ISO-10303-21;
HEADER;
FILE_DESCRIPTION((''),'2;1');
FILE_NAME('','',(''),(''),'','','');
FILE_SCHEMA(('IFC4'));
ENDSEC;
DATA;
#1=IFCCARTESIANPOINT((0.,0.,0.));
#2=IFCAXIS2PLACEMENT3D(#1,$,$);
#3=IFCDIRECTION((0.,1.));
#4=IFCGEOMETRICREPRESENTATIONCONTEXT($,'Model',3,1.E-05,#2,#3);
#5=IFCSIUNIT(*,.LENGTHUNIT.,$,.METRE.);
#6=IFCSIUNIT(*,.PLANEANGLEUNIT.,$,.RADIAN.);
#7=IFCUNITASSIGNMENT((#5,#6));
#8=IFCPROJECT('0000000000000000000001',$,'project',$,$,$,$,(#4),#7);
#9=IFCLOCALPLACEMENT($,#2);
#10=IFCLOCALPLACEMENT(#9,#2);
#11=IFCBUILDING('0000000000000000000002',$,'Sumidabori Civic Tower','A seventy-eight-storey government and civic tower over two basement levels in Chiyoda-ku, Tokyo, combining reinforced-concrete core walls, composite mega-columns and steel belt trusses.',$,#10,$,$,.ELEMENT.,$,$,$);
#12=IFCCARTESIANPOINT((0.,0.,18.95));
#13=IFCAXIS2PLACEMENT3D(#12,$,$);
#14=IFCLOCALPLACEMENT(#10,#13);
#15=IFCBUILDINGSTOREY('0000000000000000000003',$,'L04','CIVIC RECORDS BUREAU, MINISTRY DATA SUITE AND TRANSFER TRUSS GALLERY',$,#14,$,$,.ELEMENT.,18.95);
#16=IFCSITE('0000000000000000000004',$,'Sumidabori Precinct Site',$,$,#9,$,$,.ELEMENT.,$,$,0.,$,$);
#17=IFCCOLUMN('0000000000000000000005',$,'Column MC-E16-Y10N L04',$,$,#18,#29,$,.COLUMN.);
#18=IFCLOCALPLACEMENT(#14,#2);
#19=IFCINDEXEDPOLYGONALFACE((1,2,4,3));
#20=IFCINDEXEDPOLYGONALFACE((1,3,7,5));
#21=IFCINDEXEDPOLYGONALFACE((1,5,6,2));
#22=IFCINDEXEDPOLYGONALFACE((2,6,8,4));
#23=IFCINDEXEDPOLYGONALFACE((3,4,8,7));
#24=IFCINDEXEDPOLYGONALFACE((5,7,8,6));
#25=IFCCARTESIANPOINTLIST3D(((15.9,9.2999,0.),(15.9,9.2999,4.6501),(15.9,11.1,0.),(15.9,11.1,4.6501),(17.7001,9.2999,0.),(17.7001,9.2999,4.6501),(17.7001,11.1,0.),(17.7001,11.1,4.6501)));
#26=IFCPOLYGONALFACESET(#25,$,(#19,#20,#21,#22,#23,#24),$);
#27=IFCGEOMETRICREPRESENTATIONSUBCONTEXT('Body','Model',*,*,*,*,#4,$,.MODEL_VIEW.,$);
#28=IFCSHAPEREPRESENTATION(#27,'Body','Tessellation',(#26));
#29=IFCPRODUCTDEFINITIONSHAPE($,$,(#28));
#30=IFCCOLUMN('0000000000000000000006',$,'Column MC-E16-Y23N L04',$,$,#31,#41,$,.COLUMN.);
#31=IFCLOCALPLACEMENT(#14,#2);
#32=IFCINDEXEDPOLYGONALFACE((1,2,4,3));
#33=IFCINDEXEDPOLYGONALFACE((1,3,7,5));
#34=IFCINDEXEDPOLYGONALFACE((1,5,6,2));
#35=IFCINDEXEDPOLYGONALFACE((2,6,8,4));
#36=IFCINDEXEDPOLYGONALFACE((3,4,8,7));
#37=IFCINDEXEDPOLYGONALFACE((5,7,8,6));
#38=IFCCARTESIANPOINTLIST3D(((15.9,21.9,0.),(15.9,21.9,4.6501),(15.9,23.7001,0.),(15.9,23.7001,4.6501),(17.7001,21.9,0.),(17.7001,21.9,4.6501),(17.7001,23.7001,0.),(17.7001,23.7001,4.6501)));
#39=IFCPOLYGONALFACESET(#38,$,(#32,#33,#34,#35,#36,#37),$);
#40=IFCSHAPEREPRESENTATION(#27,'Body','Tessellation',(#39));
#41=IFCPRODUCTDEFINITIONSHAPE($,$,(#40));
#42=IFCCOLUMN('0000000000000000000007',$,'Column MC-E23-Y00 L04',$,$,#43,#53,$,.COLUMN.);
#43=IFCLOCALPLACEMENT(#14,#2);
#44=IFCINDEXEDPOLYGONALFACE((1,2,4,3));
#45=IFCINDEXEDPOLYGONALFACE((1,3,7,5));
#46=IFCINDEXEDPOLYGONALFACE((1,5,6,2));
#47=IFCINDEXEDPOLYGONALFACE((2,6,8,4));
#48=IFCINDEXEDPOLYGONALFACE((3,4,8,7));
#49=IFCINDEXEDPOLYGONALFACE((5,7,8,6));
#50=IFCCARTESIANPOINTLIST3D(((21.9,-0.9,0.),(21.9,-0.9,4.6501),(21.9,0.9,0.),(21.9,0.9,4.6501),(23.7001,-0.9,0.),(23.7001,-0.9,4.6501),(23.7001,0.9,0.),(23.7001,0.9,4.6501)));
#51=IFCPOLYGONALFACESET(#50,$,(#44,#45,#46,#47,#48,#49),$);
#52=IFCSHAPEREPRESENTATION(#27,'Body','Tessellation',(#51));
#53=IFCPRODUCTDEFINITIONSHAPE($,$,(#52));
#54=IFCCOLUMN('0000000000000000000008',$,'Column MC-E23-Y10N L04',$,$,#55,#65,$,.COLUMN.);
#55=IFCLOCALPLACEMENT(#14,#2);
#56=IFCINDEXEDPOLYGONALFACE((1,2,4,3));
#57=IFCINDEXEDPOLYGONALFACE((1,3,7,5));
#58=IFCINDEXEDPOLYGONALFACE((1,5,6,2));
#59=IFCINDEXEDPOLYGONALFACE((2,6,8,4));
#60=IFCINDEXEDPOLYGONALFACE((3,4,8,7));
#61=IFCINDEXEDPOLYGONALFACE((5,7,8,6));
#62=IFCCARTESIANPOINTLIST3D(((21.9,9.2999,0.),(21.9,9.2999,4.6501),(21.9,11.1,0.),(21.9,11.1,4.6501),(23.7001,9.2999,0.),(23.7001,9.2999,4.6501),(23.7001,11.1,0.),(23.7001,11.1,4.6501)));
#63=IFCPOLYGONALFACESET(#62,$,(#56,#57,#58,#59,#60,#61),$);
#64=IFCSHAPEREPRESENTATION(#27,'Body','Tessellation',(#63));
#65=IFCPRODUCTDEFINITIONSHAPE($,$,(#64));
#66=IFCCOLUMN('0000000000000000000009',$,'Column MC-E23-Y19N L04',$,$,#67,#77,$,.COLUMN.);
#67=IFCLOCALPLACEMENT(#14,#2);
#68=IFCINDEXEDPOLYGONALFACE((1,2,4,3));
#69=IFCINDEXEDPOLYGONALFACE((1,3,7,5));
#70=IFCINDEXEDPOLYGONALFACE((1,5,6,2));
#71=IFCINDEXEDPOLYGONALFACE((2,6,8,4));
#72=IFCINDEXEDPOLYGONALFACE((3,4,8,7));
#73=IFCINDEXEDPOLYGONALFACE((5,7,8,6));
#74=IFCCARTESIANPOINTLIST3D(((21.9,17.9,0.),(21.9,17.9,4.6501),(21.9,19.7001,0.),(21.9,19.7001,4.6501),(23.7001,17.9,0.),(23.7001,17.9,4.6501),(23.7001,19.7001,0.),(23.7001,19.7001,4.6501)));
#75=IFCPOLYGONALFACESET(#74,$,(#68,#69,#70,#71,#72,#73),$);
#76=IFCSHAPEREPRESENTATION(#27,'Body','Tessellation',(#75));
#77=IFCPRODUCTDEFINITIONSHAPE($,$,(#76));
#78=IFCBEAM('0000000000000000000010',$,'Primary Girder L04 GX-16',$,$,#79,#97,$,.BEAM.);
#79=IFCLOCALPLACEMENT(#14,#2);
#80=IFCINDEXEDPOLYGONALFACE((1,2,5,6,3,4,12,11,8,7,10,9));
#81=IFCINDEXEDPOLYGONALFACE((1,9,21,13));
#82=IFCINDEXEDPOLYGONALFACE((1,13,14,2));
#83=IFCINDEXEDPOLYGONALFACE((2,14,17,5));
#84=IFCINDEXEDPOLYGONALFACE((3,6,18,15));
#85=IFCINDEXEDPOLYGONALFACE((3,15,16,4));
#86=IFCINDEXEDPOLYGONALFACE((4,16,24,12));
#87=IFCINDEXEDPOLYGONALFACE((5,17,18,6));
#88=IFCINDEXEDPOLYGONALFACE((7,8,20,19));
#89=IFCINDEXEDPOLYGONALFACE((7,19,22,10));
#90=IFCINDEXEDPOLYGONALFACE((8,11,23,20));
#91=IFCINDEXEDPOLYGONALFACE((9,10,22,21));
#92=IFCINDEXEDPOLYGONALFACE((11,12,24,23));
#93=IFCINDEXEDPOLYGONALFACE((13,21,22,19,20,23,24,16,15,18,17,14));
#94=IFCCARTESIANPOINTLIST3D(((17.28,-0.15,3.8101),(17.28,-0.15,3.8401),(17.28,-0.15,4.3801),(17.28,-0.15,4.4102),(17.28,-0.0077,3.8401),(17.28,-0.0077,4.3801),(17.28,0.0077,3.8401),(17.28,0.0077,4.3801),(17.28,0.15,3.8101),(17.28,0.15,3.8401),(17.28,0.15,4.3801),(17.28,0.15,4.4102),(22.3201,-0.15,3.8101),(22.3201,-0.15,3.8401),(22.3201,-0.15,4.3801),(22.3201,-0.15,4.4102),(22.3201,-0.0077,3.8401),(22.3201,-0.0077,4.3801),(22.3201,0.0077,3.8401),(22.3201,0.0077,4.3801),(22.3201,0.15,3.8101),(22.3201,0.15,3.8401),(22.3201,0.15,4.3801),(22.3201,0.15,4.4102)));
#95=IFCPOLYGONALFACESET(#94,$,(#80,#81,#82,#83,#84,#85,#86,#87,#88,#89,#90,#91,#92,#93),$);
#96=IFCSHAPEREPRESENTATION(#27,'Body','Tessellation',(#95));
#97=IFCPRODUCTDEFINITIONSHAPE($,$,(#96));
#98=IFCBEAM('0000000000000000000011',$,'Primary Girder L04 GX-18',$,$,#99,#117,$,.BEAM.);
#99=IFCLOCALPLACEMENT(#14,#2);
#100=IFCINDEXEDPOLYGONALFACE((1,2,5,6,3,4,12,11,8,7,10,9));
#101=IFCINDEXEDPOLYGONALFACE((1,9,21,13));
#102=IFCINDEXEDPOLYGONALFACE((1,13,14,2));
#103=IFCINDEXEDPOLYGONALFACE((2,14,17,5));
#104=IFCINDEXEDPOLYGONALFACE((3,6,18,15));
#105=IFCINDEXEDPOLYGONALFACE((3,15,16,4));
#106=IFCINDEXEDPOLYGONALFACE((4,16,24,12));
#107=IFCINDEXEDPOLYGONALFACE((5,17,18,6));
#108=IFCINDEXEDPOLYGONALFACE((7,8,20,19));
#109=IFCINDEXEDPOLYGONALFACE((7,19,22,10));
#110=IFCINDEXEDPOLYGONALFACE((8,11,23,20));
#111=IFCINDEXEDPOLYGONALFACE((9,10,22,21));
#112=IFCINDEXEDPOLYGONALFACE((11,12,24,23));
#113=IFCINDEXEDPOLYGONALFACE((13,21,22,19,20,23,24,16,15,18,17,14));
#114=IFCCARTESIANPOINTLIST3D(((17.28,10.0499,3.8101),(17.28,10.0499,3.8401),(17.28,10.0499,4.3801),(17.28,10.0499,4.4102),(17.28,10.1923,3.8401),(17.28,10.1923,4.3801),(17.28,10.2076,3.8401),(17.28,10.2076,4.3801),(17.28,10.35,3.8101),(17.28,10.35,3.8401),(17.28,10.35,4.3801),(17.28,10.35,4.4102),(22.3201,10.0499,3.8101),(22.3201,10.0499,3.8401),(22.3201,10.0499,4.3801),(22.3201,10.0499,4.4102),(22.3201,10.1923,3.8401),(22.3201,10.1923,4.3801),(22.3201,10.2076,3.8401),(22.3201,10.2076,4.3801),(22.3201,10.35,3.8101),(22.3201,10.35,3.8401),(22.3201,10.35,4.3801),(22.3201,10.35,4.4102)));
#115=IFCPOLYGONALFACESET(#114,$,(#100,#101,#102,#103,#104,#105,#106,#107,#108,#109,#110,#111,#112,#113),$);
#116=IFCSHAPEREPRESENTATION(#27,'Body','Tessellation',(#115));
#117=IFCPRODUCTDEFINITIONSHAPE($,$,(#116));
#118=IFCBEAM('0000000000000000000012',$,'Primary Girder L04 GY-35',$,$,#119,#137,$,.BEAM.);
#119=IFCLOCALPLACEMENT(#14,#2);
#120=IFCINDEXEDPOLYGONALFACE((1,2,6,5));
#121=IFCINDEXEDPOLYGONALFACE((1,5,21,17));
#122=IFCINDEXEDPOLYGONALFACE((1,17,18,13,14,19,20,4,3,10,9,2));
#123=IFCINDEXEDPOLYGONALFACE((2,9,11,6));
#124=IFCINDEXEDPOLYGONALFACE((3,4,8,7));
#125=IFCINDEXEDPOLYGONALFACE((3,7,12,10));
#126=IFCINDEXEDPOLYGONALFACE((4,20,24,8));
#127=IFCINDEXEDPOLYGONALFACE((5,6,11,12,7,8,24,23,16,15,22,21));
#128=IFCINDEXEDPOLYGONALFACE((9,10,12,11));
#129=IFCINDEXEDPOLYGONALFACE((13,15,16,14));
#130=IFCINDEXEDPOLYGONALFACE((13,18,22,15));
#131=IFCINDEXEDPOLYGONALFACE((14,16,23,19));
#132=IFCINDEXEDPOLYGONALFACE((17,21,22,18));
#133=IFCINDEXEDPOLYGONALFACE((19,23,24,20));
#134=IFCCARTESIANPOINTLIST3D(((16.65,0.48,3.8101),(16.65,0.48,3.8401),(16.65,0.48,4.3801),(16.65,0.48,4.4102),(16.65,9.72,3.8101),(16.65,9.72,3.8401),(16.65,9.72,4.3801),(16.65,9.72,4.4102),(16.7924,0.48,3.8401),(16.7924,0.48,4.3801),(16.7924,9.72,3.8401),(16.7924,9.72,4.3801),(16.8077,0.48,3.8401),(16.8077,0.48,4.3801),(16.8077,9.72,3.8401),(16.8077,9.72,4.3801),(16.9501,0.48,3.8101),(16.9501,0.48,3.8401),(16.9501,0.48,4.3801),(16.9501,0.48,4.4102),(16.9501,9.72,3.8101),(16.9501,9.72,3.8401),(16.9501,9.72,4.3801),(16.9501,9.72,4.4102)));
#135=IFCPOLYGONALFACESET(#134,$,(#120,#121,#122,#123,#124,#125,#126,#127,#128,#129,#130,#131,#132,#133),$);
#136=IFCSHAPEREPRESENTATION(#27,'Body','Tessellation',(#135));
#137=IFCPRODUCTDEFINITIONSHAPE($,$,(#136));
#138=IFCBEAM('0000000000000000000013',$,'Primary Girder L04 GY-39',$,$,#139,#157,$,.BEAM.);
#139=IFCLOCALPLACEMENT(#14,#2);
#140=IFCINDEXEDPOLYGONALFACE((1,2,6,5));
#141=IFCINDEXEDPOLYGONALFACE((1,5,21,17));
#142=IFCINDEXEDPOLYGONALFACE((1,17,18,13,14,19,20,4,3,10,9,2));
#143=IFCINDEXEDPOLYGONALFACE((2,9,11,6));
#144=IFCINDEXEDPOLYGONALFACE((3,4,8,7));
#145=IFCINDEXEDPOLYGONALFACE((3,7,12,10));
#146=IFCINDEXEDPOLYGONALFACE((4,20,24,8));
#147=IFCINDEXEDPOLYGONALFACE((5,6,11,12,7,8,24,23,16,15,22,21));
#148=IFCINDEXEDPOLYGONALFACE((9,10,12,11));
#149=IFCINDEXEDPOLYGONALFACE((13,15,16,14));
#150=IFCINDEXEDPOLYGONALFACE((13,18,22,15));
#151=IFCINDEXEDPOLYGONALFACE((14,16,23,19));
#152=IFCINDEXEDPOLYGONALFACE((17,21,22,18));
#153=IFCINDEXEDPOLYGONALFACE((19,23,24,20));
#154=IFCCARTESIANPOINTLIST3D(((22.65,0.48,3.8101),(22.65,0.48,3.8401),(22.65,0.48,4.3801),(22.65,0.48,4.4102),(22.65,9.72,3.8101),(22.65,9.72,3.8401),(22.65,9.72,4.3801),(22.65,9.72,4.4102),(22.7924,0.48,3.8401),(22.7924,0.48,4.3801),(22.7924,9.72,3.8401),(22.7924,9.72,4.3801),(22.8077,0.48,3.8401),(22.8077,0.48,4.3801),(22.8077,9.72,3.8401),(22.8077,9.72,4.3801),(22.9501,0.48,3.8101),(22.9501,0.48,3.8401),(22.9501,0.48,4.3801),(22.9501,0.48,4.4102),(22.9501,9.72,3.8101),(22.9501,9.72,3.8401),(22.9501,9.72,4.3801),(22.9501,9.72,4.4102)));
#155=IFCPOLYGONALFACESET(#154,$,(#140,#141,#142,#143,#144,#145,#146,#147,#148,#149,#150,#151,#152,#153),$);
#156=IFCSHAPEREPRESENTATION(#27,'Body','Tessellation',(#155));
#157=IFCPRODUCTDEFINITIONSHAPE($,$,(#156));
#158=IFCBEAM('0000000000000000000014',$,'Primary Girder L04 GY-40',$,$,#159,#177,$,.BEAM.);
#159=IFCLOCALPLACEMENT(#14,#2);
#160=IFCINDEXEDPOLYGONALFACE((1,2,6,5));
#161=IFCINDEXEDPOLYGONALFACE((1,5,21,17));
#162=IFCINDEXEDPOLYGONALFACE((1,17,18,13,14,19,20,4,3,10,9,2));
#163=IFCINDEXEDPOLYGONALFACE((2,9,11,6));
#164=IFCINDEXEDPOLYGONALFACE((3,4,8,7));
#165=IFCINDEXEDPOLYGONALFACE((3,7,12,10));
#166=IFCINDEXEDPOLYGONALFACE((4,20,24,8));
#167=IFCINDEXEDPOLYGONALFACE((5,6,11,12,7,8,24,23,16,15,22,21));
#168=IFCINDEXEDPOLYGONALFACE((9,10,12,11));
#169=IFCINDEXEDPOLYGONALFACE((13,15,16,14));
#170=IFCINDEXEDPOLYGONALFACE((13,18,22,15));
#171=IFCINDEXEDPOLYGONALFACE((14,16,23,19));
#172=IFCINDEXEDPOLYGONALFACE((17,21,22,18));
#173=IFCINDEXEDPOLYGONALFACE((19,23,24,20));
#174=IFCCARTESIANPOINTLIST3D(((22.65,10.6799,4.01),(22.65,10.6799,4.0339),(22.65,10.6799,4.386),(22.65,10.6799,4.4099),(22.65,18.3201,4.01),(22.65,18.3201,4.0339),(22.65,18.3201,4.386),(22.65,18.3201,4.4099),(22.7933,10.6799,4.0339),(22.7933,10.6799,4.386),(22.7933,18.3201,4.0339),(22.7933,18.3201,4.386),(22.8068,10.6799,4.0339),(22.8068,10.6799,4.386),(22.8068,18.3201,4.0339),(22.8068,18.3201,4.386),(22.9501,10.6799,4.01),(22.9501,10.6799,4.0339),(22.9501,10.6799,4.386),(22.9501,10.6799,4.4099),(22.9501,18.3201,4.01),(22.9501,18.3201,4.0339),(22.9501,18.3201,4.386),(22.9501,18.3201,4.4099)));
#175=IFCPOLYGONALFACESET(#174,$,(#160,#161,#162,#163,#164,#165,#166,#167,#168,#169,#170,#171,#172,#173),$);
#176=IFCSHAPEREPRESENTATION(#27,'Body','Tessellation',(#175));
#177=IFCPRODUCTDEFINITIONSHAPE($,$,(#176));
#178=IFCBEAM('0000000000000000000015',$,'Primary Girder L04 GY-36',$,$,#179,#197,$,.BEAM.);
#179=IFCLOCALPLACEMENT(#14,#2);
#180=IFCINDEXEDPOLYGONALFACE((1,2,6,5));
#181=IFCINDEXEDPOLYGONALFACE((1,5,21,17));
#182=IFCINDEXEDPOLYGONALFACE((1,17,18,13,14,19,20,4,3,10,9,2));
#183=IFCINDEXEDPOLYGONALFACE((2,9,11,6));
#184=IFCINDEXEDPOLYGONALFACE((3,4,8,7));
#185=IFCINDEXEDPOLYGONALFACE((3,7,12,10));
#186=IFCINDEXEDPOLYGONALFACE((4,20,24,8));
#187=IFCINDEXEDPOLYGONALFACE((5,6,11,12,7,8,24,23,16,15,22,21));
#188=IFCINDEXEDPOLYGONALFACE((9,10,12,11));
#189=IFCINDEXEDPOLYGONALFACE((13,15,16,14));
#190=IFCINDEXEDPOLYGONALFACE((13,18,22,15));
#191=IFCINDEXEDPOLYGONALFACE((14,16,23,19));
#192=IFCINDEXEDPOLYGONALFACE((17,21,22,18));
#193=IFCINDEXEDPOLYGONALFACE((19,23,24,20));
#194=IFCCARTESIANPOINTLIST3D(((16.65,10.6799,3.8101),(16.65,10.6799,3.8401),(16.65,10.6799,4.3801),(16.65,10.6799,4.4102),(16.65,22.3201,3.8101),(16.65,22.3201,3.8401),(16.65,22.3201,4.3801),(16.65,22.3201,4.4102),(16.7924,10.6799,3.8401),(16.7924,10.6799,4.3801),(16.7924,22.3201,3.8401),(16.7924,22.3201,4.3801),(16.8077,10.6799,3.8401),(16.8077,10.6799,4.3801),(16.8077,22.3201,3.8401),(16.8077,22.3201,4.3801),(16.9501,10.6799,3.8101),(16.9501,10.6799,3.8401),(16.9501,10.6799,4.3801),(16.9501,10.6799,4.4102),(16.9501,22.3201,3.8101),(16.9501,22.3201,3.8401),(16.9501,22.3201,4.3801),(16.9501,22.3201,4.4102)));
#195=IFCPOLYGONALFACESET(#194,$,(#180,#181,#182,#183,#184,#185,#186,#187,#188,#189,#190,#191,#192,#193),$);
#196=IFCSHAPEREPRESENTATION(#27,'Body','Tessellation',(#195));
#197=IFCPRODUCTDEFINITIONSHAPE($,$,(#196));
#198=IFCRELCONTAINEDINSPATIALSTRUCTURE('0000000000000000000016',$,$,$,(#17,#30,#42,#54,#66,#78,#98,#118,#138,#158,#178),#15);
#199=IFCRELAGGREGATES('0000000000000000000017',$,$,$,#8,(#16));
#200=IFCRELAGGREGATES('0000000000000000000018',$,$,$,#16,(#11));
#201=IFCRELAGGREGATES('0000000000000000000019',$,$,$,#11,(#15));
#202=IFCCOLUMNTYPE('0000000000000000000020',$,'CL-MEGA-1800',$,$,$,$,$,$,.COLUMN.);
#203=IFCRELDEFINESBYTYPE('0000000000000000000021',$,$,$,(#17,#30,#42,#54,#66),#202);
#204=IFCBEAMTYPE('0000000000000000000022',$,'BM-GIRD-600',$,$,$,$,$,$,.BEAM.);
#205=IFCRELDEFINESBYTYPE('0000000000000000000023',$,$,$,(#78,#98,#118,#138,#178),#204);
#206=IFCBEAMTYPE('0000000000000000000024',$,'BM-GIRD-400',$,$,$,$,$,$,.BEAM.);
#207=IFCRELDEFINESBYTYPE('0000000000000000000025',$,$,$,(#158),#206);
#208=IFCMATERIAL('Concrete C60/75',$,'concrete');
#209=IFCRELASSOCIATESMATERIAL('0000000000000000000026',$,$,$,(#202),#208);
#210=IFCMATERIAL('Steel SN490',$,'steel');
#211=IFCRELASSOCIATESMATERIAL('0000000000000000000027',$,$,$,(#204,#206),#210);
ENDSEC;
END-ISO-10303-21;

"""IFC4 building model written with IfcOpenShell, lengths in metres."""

from ifc_helpers import new_model, si_unit, direction, frame, origin, origin_2d, place, context, subcontext, project, spatial, rectangle, i_section, extrude, source, transform, mapped, material, material_profile, profile_set, type_object, element, save


model = new_model("IFC4")

# Units and contexts
model_context = context("Model", 3, precision=1e-05, world=origin(), true_north=direction((0.0, 1.0)))
body_context = subcontext(model_context, "Body", "Model", "MODEL_VIEW")
ifc_project = project(units=[si_unit("LENGTHUNIT", "METRE"), si_unit("PLANEANGLEUNIT", "RADIAN")], contexts=[model_context])

# Site, building, storey
site_placement = place(None, origin())
site = spatial("IfcSite", under=ifc_project, at=site_placement, Name="Sumidabori Precinct Site", CompositionType="ELEMENT", RefElevation=0.0)
building_placement = place(site_placement, origin())
building = spatial("IfcBuilding", under=site, at=building_placement, Name="Sumidabori Civic Tower", Description="A seventy-eight-storey government and civic tower over two basement levels in Chiyoda-ku, Tokyo, combining reinforced-concrete core walls, composite mega-columns and steel belt trusses.", CompositionType="ELEMENT")
storey_placement = place(building_placement, frame((0.0, 0.0, 18.95)))
storey = spatial("IfcBuildingStorey", under=building, at=storey_placement, Name="L04", Description="CIVIC RECORDS BUREAU, MINISTRY DATA SUITE AND TRANSFER TRUSS GALLERY", CompositionType="ELEMENT", Elevation=18.95)

# Columns
ifc_material_1 = material(Name="Concrete C60/75", Category="concrete")
ifc_material_profile_1 = material_profile(ifc_material_1, rectangle(XDim=1.8, YDim=1.8, at=origin_2d()), Name="RC 1800x1800")
ifc_profile_set_1 = profile_set([ifc_material_profile_1], Name="Concrete C60/75")
column_type = type_object("IfcColumnType", Name="CL-MEGA-1800", PredefinedType="COLUMN", material=ifc_profile_set_1)
shared_shape_1 = source(origin(), body_context, "Body", "SweptSolid", [
    extrude(rectangle(XDim=1.8, YDim=1.8, at=origin_2d()), origin(), (0.0, 0.0, 1.0), 4.6501),
])
for number, where, z_axis, x_axis, name in (
    (1, (16.8, 10.2, 0.0), (0.0, 0.0, 1.0), (1.0, 0.0, 0.0), "Column MC-E16-Y10N L04"),
    (2, (16.8, 22.8, 0.0), (0.0, 0.0, 1.0), (1.0, 0.0, 0.0), "Column MC-E16-Y23N L04"),
    (3, (22.8, 0.0, 0.0), (0.0, 0.0, 1.0), (1.0, 0.0, 0.0), "Column MC-E23-Y00 L04"),
    (4, (22.8, 10.2, 0.0), (0.0, 0.0, 1.0), (1.0, 0.0, 0.0), "Column MC-E23-Y10N L04"),
    (5, (22.8, 18.8, 0.0), (0.0, 0.0, 1.0), (1.0, 0.0, 0.0), "Column MC-E23-Y19N L04"),
):
    element("IfcColumn", number, at=place(storey_placement, frame(where, z_axis=z_axis, x_axis=x_axis)), inside=storey, type_object=column_type, Name=name, PredefinedType="COLUMN", context=body_context, shape_type="MappedRepresentation", body=[
        mapped(shared_shape_1, transform((0.0, 0.0, 0.0), x_axis=(1.0, 0.0, 0.0), y_axis=(0.0, 1.0, 0.0), z_axis=(0.0, 0.0, 1.0), scale=1.0)),
    ])

# Beams
ifc_material_2 = material(Name="Steel SN490", Category="steel")
ifc_material_profile_2 = material_profile(ifc_material_2, i_section(OverallWidth=0.3, OverallDepth=0.6001, WebThickness=0.0154, FlangeThickness=0.03, at=origin_2d()), Name="HE 600 B")
ifc_profile_set_2 = profile_set([ifc_material_profile_2], Name="Steel SN490")
beam_type_1 = type_object("IfcBeamType", Name="BM-GIRD-600", PredefinedType="BEAM", material=ifc_profile_set_2)
shared_shape_2 = source(origin(), body_context, "Body", "SweptSolid", [
    extrude(i_section(OverallWidth=0.3, OverallDepth=0.6001, WebThickness=0.0154, FlangeThickness=0.03, at=origin_2d()), origin(), (0.0, 0.0, 1.0), 5.04),
])
for number, where, z_axis, x_axis, name in (
    (6, (17.28, 0.0, 4.1101), (1.0, 0.0, 0.0), (0.0, 1.0, 0.0), "Primary Girder L04 GX-16"),
    (7, (17.28, 10.2, 4.1101), (1.0, 0.0, 0.0), (0.0, 1.0, 0.0), "Primary Girder L04 GX-18"),
):
    element("IfcBeam", number, at=place(storey_placement, frame(where, z_axis=z_axis, x_axis=x_axis)), inside=storey, type_object=beam_type_1, Name=name, PredefinedType="BEAM", context=body_context, shape_type="MappedRepresentation", body=[
        mapped(shared_shape_2, transform((0.0, 0.0, 0.0), x_axis=(1.0, 0.0, 0.0), y_axis=(0.0, 1.0, 0.0), z_axis=(0.0, 0.0, 1.0), scale=1.0)),
    ])
shared_shape_3 = source(origin(), body_context, "Body", "SweptSolid", [
    extrude(i_section(OverallWidth=0.3, OverallDepth=0.6001, WebThickness=0.0154, FlangeThickness=0.03, at=origin_2d()), origin(), (0.0, 0.0, 1.0), 9.24),
])
for number, where, z_axis, x_axis, name in (
    (8, (16.8, 0.48, 4.1101), (0.0, 1.0, 0.0), (-1.0, 0.0, 0.0), "Primary Girder L04 GY-35"),
    (9, (22.8, 0.48, 4.1101), (0.0, 1.0, 0.0), (-1.0, 0.0, 0.0), "Primary Girder L04 GY-39"),
):
    element("IfcBeam", number, at=place(storey_placement, frame(where, z_axis=z_axis, x_axis=x_axis)), inside=storey, type_object=beam_type_1, Name=name, PredefinedType="BEAM", context=body_context, shape_type="MappedRepresentation", body=[
        mapped(shared_shape_3, transform((0.0, 0.0, 0.0), x_axis=(1.0, 0.0, 0.0), y_axis=(0.0, 1.0, 0.0), z_axis=(0.0, 0.0, 1.0), scale=1.0)),
    ])
ifc_material_profile_3 = material_profile(ifc_material_2, i_section(OverallWidth=0.3, OverallDepth=0.3999, WebThickness=0.0134, FlangeThickness=0.0239, at=origin_2d()), Name="HE 400 B")
ifc_profile_set_3 = profile_set([ifc_material_profile_3], Name="Steel SN490")
beam_type_2 = type_object("IfcBeamType", Name="BM-GIRD-400", PredefinedType="BEAM", material=ifc_profile_set_3)
shared_shape_4 = source(origin(), body_context, "Body", "SweptSolid", [
    extrude(i_section(OverallWidth=0.3, OverallDepth=0.3999, WebThickness=0.0134, FlangeThickness=0.0239, at=origin_2d()), origin(), (0.0, 0.0, 1.0), 7.6401),
])
beam_1_placement = place(storey_placement, frame((22.8, 10.6799, 4.21), z_axis=(0.0, 1.0, 0.0), x_axis=(-1.0, 0.0, 0.0)))
element("IfcBeam", 10, at=beam_1_placement, inside=storey, type_object=beam_type_2, Name="Primary Girder L04 GY-40", PredefinedType="BEAM", context=body_context, shape_type="MappedRepresentation", body=[
    mapped(shared_shape_4, transform((0.0, 0.0, 0.0), x_axis=(1.0, 0.0, 0.0), y_axis=(0.0, 1.0, 0.0), z_axis=(0.0, 0.0, 1.0), scale=1.0)),
])
shared_shape_5 = source(origin(), body_context, "Body", "SweptSolid", [
    extrude(i_section(OverallWidth=0.3, OverallDepth=0.6001, WebThickness=0.0154, FlangeThickness=0.03, at=origin_2d()), origin(), (0.0, 0.0, 1.0), 11.6401),
])
beam_2_placement = place(storey_placement, frame((16.8, 10.6799, 4.1101), z_axis=(0.0, 1.0, 0.0), x_axis=(-1.0, 0.0, 0.0)))
element("IfcBeam", 11, at=beam_2_placement, inside=storey, type_object=beam_type_1, Name="Primary Girder L04 GY-36", PredefinedType="BEAM", context=body_context, shape_type="MappedRepresentation", body=[
    mapped(shared_shape_5, transform((0.0, 0.0, 0.0), x_axis=(1.0, 0.0, 0.0), y_axis=(0.0, 1.0, 0.0), z_axis=(0.0, 0.0, 1.0), scale=1.0)),
])

save(model, "model.ifc")
